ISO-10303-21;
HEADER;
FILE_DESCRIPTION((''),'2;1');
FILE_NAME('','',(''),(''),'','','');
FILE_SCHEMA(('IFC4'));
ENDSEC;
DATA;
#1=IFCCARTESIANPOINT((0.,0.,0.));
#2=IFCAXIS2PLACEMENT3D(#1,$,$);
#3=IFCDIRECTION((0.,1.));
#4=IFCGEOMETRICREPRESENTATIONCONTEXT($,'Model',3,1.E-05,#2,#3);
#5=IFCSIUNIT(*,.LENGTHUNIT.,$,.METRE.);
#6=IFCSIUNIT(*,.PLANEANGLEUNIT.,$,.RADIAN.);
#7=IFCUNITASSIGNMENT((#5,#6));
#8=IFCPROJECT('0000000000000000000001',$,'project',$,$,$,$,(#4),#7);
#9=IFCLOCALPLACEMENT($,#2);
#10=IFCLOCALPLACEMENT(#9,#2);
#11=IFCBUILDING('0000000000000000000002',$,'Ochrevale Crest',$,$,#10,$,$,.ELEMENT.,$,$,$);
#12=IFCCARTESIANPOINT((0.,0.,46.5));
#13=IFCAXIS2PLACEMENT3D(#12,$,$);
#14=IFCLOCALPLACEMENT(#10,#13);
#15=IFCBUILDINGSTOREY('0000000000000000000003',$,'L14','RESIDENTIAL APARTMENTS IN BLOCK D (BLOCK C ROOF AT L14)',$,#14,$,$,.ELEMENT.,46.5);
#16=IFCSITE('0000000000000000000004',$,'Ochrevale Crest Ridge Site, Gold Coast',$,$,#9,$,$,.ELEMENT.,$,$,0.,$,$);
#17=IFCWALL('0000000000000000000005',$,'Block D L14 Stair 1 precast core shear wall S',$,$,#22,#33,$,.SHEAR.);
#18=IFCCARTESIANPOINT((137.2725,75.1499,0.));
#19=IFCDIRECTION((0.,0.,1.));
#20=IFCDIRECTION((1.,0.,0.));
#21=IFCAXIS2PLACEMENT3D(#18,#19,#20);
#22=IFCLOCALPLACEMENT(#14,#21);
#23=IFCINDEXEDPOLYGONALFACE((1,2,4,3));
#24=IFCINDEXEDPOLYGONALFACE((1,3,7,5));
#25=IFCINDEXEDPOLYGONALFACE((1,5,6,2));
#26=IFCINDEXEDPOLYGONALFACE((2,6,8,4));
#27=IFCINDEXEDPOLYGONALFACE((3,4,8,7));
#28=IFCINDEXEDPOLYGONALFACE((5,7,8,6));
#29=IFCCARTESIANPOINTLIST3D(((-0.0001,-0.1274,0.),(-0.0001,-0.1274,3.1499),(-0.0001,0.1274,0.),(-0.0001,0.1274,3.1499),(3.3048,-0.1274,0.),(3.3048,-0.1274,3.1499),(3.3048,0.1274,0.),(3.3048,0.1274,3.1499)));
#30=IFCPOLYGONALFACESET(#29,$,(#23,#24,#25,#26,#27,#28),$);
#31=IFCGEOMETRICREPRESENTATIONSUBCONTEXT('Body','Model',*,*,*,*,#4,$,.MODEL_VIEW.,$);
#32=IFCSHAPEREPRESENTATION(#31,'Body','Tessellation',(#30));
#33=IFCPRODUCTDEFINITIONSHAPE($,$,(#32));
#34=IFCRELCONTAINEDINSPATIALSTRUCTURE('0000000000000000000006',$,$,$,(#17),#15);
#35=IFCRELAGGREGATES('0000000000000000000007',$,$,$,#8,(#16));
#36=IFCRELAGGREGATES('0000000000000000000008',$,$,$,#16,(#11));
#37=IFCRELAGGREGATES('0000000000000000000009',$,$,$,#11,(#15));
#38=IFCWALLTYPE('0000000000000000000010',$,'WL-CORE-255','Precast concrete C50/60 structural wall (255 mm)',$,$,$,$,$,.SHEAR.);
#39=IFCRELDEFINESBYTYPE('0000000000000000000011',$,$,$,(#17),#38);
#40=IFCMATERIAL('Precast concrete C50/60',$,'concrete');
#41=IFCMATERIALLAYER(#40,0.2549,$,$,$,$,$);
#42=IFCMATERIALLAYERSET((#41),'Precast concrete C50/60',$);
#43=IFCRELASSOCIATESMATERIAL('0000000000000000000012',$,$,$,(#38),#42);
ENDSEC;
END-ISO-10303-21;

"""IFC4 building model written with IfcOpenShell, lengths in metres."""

from ifc_helpers import new_model, si_unit, direction, frame, frame_2d, origin, place, context, subcontext, project, spatial, rectangle, extrude, material, layer, layer_set, type_object, element, save


model = new_model("IFC4")

# Units and contexts
model_context = context("Model", 3, precision=1e-05, world=origin(), true_north=direction((0.0, 1.0)))
body_context = subcontext(model_context, "Body", "Model", "MODEL_VIEW")
ifc_project = project(units=[si_unit("LENGTHUNIT", "METRE"), si_unit("PLANEANGLEUNIT", "RADIAN")], contexts=[model_context])

# Site, building, storey
site_placement = place(None, origin())
site = spatial("IfcSite", under=ifc_project, at=site_placement, Name="Ochrevale Crest Ridge Site, Gold Coast", CompositionType="ELEMENT", RefElevation=0.0)
building_placement = place(site_placement, origin())
building = spatial("IfcBuilding", under=site, at=building_placement, Name="Ochrevale Crest", CompositionType="ELEMENT")
storey_placement = place(building_placement, frame((0.0, 0.0, 46.5)))
storey = spatial("IfcBuildingStorey", under=building, at=storey_placement, Name="L14", Description="RESIDENTIAL APARTMENTS IN BLOCK D (BLOCK C ROOF AT L14)", CompositionType="ELEMENT", Elevation=46.5)

# Shared definitions
ifc_material_1 = material(Name="Precast concrete C50/60", Category="concrete")

# Wall
ifc_layer_1 = layer(ifc_material_1, 0.2549)
ifc_layer_set_1 = layer_set([ifc_layer_1], Name="Precast concrete C50/60")
wall_type_1 = type_object("IfcWallType", Name="WL-CORE-255", Description="Precast concrete C50/60 structural wall (255 mm)", PredefinedType="SHEAR", material=ifc_layer_set_1)
wall_1_placement = place(storey_placement, frame((137.2725, 75.1499, 0.0), z_axis=(0.0, 0.0, 1.0), x_axis=(1.0, 0.0, 0.0)))
element("IfcWall", 1, at=wall_1_placement, inside=storey, type_object=wall_type_1, Name="Block D L14 Stair 1 precast core shear wall S", PredefinedType="SHEAR", context=body_context, shape_type="SweptSolid", body=[
    extrude(rectangle(XDim=3.3049, YDim=0.2549, at=frame_2d((1.6523, 0.0))), origin(), (0.0, 0.0, 1.0), 3.1499),
])

save(model, "model.ifc")
